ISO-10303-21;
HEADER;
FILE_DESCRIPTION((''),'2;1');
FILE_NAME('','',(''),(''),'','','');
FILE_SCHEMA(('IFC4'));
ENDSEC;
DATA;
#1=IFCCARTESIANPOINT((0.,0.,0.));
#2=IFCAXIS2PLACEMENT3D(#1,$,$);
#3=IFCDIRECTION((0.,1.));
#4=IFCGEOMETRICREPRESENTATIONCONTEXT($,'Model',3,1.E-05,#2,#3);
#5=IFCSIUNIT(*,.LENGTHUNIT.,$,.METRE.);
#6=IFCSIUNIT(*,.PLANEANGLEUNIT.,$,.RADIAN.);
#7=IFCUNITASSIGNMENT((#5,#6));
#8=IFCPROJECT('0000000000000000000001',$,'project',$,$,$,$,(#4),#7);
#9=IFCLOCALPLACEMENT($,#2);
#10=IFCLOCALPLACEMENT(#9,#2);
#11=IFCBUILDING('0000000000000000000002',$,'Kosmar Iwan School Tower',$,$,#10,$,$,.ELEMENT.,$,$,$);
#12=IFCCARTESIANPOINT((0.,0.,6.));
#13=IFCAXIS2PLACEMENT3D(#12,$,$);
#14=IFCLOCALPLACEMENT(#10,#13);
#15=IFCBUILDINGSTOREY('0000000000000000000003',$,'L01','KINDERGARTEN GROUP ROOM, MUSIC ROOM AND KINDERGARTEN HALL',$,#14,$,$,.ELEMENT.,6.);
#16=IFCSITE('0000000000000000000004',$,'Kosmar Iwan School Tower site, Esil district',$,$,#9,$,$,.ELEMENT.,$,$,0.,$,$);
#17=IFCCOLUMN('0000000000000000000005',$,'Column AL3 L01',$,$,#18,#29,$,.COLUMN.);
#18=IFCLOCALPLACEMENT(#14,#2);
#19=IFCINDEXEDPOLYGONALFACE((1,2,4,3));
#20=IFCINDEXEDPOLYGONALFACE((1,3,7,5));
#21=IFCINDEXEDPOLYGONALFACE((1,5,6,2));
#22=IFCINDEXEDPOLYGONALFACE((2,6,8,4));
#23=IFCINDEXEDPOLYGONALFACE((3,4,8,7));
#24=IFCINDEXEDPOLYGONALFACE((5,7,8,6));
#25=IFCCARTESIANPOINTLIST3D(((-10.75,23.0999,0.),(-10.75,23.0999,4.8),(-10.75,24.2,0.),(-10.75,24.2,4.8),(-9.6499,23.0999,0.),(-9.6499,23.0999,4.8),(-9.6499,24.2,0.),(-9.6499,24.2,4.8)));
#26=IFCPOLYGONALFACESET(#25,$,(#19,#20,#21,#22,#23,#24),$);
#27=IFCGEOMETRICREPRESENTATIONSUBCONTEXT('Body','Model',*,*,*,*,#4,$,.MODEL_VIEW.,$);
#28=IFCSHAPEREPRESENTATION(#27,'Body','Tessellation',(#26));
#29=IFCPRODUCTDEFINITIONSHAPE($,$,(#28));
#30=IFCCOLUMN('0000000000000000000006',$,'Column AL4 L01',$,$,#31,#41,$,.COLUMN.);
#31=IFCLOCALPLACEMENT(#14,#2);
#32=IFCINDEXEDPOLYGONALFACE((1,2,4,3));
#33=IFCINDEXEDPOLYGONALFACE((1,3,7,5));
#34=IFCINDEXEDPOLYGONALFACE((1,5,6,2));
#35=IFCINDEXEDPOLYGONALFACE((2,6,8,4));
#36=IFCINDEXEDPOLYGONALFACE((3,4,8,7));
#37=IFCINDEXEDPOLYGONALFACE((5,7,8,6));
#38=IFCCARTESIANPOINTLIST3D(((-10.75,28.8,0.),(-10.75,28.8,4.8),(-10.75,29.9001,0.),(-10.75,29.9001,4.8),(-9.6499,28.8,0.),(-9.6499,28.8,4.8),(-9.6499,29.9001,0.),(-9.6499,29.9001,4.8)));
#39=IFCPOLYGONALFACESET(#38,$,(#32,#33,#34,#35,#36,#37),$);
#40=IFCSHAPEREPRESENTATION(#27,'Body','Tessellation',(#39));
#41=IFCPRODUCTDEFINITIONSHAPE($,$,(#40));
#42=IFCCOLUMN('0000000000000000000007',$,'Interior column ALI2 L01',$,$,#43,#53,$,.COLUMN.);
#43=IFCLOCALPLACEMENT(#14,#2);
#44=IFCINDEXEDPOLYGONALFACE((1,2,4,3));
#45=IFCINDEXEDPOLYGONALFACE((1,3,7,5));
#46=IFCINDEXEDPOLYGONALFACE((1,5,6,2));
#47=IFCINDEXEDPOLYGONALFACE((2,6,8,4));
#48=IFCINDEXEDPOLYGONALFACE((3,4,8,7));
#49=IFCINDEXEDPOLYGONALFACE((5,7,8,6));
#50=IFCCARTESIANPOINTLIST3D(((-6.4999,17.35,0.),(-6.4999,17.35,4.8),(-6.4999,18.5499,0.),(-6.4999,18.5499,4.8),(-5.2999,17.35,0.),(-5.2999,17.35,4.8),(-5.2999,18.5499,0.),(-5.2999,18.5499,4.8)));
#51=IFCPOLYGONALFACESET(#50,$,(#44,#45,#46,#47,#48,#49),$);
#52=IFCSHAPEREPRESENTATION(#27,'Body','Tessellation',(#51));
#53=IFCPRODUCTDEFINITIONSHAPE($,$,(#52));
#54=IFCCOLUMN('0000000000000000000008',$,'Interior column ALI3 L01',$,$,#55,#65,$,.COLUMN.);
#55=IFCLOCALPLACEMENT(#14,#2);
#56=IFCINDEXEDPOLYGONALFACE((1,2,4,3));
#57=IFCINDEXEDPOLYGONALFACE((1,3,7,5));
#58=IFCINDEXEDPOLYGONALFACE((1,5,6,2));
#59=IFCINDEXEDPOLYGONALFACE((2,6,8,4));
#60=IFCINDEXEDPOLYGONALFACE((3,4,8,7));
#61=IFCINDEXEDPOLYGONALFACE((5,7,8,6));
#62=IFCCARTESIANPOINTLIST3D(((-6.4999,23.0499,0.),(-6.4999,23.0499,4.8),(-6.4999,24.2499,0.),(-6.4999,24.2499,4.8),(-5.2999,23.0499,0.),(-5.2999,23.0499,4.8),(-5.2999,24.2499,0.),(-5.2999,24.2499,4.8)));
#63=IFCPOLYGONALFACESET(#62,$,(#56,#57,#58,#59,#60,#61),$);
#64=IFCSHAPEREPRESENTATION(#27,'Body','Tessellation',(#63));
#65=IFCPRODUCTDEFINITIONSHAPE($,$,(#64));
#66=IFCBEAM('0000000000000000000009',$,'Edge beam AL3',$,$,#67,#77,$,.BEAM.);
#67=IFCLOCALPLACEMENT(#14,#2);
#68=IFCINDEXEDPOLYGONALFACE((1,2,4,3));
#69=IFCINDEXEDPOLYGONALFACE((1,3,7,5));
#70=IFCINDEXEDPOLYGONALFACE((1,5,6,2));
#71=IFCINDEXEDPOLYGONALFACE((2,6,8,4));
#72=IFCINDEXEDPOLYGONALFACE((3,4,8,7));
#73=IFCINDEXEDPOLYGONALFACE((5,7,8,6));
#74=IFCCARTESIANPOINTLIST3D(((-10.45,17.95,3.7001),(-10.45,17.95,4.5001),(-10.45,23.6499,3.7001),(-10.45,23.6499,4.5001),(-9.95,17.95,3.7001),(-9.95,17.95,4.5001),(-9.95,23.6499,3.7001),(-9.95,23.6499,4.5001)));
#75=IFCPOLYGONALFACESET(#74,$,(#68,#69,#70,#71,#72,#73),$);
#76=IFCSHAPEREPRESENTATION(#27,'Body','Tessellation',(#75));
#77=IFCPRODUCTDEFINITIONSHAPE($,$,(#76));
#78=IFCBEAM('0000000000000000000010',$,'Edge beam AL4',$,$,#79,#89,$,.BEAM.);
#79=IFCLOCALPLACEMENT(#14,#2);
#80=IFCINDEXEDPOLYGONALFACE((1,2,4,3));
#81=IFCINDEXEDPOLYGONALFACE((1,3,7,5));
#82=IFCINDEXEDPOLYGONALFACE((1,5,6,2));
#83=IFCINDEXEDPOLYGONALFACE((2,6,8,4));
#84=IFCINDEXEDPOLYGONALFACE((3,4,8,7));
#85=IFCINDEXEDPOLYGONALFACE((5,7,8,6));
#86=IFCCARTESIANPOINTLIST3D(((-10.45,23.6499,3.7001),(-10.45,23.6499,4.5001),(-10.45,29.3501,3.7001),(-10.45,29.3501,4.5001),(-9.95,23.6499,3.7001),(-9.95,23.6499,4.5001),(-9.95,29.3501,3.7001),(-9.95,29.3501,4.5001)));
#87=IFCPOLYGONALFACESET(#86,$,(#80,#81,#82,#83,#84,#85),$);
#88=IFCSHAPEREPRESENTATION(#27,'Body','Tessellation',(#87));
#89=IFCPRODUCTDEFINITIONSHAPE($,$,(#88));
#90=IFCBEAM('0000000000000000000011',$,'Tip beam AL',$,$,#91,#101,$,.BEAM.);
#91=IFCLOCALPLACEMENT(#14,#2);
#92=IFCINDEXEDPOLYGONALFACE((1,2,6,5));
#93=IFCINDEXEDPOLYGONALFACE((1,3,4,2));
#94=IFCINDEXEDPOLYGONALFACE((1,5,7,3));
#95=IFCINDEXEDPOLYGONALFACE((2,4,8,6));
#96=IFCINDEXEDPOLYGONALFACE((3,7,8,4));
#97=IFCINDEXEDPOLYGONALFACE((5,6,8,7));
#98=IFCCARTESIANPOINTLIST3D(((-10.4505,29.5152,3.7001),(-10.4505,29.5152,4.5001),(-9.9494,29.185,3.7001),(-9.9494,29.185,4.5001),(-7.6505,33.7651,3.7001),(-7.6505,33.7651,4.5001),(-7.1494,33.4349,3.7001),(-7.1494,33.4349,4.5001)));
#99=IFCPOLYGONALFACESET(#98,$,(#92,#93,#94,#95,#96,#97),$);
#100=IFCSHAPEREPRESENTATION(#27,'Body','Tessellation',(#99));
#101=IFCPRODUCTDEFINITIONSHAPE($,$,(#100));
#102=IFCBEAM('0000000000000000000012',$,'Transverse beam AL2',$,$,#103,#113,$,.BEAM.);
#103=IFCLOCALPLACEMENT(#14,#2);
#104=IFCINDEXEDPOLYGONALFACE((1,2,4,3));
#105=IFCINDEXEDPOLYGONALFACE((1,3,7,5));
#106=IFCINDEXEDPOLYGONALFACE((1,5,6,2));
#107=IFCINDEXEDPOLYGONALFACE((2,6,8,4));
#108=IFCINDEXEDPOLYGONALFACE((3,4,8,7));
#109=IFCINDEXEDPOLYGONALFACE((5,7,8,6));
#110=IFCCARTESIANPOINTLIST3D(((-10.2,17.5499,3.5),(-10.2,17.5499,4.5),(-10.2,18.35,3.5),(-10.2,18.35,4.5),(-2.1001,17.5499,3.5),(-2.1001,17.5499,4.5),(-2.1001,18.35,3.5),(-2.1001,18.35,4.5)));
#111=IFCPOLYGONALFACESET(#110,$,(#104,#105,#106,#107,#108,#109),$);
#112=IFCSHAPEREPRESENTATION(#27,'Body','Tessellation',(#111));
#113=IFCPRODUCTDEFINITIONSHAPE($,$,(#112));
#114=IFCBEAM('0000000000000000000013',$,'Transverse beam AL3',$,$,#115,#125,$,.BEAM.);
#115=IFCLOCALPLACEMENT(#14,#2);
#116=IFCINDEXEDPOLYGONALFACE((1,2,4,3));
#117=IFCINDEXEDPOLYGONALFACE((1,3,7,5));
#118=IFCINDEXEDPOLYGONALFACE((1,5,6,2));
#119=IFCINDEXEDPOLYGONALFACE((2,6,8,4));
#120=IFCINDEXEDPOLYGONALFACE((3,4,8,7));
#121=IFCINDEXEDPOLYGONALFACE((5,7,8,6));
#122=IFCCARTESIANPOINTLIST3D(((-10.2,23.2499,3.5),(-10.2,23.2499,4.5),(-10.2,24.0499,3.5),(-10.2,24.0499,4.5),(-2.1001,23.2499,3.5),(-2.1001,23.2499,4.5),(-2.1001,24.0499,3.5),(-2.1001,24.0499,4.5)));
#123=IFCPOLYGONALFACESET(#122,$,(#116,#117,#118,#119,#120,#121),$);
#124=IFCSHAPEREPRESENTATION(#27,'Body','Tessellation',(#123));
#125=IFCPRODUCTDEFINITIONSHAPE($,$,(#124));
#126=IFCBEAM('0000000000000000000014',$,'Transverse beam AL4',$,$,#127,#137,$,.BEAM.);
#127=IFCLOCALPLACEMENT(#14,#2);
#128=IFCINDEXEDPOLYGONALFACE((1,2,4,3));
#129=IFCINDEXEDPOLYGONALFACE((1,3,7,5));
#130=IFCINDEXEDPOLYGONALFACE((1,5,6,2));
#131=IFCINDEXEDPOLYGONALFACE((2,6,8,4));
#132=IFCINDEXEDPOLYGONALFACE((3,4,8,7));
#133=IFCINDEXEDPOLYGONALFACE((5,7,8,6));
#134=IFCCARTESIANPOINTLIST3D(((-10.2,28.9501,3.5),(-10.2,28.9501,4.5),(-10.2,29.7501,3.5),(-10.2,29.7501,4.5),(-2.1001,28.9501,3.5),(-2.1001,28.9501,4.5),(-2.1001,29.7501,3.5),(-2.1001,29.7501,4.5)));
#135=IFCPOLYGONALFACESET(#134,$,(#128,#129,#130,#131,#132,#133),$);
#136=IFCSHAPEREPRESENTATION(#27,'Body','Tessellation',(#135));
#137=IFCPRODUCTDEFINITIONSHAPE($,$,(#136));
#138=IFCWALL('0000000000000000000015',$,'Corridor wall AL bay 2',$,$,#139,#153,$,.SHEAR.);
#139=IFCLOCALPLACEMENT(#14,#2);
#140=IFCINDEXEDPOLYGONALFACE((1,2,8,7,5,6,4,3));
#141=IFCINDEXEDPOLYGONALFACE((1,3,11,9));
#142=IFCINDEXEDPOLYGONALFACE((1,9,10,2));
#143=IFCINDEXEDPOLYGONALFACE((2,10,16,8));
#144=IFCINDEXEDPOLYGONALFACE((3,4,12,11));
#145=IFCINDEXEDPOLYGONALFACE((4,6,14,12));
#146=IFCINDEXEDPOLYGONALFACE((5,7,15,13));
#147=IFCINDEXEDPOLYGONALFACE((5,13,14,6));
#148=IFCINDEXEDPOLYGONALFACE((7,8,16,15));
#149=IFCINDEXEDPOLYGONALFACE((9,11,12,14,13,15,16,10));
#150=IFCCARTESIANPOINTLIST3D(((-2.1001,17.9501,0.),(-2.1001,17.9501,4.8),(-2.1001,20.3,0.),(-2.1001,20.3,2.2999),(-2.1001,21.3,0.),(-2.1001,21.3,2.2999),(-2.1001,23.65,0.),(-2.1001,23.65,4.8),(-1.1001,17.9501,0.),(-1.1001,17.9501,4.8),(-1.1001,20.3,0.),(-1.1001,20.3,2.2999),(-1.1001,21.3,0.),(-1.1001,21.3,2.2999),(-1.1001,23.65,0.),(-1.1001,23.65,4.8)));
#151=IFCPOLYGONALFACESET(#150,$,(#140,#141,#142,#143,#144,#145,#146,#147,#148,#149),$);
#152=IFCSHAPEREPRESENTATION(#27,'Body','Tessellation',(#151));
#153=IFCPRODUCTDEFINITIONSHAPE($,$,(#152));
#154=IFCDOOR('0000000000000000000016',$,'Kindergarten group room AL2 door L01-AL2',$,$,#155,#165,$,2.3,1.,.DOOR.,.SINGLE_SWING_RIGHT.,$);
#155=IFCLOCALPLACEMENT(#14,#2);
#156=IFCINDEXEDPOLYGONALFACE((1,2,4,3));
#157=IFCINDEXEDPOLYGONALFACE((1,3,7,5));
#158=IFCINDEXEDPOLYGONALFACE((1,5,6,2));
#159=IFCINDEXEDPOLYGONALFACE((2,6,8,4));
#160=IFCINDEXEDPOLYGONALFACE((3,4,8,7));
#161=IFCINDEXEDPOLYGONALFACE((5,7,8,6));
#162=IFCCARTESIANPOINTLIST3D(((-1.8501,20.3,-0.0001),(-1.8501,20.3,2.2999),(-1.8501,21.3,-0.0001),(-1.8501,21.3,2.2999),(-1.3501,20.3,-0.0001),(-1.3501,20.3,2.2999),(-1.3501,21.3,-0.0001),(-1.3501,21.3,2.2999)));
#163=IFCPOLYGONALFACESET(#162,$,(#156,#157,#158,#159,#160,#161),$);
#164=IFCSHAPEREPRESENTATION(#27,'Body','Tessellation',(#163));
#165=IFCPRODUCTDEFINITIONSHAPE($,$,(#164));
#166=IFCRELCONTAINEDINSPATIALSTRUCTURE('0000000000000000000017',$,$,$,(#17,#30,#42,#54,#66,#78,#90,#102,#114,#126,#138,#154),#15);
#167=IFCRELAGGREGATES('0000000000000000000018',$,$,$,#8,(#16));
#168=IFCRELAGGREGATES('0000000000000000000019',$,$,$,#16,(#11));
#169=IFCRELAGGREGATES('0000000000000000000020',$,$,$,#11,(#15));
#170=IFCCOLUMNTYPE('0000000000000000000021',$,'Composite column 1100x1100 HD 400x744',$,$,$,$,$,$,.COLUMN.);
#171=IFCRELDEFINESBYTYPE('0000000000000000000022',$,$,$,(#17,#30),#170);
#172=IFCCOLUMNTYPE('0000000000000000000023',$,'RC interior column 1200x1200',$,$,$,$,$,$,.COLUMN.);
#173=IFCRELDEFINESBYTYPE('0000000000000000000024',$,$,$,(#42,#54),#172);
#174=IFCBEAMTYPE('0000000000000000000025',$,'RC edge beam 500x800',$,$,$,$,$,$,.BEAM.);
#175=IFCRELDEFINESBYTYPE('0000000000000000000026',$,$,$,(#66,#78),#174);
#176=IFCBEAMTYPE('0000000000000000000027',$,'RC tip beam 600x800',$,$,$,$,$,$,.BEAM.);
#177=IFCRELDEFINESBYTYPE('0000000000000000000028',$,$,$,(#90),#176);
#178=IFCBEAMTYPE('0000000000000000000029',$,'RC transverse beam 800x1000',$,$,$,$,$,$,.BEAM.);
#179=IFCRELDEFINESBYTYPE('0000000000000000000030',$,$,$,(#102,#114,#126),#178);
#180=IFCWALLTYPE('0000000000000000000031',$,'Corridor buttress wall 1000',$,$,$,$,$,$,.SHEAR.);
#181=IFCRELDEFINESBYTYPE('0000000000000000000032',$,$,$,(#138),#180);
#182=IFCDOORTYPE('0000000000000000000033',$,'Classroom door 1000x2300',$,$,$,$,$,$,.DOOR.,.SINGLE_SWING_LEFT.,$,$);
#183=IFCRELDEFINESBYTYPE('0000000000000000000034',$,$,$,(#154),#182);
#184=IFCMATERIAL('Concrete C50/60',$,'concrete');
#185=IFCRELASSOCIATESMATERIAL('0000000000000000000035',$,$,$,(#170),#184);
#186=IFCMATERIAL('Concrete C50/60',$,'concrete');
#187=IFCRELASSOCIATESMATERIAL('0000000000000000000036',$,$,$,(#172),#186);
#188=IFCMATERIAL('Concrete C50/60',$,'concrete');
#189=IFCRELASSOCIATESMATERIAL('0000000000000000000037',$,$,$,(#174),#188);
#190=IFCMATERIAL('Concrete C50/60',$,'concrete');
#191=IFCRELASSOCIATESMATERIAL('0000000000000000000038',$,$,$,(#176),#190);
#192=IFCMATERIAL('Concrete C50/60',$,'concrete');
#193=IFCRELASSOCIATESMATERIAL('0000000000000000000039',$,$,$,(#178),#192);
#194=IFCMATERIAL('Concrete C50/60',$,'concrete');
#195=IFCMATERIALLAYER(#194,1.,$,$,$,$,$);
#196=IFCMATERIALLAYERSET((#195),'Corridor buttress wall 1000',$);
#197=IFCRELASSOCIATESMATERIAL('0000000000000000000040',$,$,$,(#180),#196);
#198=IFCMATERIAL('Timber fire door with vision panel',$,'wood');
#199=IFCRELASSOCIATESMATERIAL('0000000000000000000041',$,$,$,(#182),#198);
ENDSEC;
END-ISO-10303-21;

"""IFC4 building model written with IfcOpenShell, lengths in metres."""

from ifc_helpers import new_model, si_unit, direction, frame, frame_2d, origin, origin_2d, place, context, subcontext, project, spatial, rectangle, extrude, material, layer, layer_set, material_profile, profile_set, type_object, element, fill, save


model = new_model("IFC4")

# Units and contexts
model_context = context("Model", 3, precision=1e-05, world=origin(), true_north=direction((0.0, 1.0)))
body_context = subcontext(model_context, "Body", "Model", "MODEL_VIEW")
ifc_project = project(units=[si_unit("LENGTHUNIT", "METRE"), si_unit("PLANEANGLEUNIT", "RADIAN")], contexts=[model_context])

# Site, building, storey
site_placement = place(None, origin())
site = spatial("IfcSite", under=ifc_project, at=site_placement, Name="Kosmar Iwan School Tower site, Esil district", CompositionType="ELEMENT", RefElevation=0.0)
building_placement = place(site_placement, origin())
building = spatial("IfcBuilding", under=site, at=building_placement, Name="Kosmar Iwan School Tower", CompositionType="ELEMENT")
storey_placement = place(building_placement, frame((0.0, 0.0, 6.0)))
storey = spatial("IfcBuildingStorey", under=building, at=storey_placement, Name="L01", Description="KINDERGARTEN GROUP ROOM, MUSIC ROOM AND KINDERGARTEN HALL", CompositionType="ELEMENT", Elevation=6.0)

# Columns
ifc_material_1 = material(Name="Concrete C50/60", Category="concrete")
ifc_material_profile_1 = material_profile(ifc_material_1, rectangle(XDim=1.1001, YDim=1.1001, at=origin_2d()), Name="RC 1100x1100 + HD 400x744")
ifc_profile_set_1 = profile_set([ifc_material_profile_1], Name="Concrete C50/60")
column_type_1 = type_object("IfcColumnType", Name="Composite column 1100x1100 HD 400x744", PredefinedType="COLUMN", material=ifc_profile_set_1)
for number, where, z_axis, x_axis, name in (
    (1, (-10.2, 23.6499, 0.0), (0.0, 0.0, 1.0), (0.0, 1.0, 0.0), "Column AL3 L01"),
    (2, (-10.2, 29.3501, 0.0), (0.0, 0.0, 1.0), (0.0, 1.0, 0.0), "Column AL4 L01"),
):
    element("IfcColumn", number, at=place(storey_placement, frame(where, z_axis=z_axis, x_axis=x_axis)), inside=storey, type_object=column_type_1, Name=name, PredefinedType="COLUMN", context=body_context, shape_type="SweptSolid", body=[
        extrude(rectangle(XDim=1.1001, YDim=1.1001, at=origin_2d()), origin(), (0.0, 0.0, 1.0), 4.8),
    ])
ifc_material_2 = material(Name="Concrete C50/60", Category="concrete")
ifc_material_profile_2 = material_profile(ifc_material_2, rectangle(XDim=1.2, YDim=1.2, at=origin_2d()), Name="RC 1200x1200")
ifc_profile_set_2 = profile_set([ifc_material_profile_2], Name="Concrete C50/60")
column_type_2 = type_object("IfcColumnType", Name="RC interior column 1200x1200", PredefinedType="COLUMN", material=ifc_profile_set_2)
for number, where, z_axis, x_axis, name in (
    (3, (-5.8999, 17.95, 0.0), (0.0, 0.0, 1.0), (0.0, 1.0, 0.0), "Interior column ALI2 L01"),
    (4, (-5.8999, 23.6499, 0.0), (0.0, 0.0, 1.0), (0.0, 1.0, 0.0), "Interior column ALI3 L01"),
):
    element("IfcColumn", number, at=place(storey_placement, frame(where, z_axis=z_axis, x_axis=x_axis)), inside=storey, type_object=column_type_2, Name=name, PredefinedType="COLUMN", context=body_context, shape_type="SweptSolid", body=[
        extrude(rectangle(XDim=1.2, YDim=1.2, at=origin_2d()), origin(), (0.0, 0.0, 1.0), 4.8),
    ])

# Beams
ifc_material_3 = material(Name="Concrete C50/60", Category="concrete")
ifc_material_profile_3 = material_profile(ifc_material_3, rectangle(XDim=0.5, YDim=0.8, at=origin_2d()), Name="RC 500x800")
ifc_profile_set_3 = profile_set([ifc_material_profile_3], Name="Concrete C50/60")
beam_type_1 = type_object("IfcBeamType", Name="RC edge beam 500x800", PredefinedType="BEAM", material=ifc_profile_set_3)
beam_1_placement = place(storey_placement, frame((-10.2, 17.95, 4.1001), z_axis=(0.0, 1.0, 0.0), x_axis=(-1.0, 0.0, 0.0)))
element("IfcBeam", 5, at=beam_1_placement, inside=storey, type_object=beam_type_1, Name="Edge beam AL3", PredefinedType="BEAM", context=body_context, shape_type="SweptSolid", body=[
    extrude(rectangle(XDim=0.5, YDim=0.8, at=origin_2d()), origin(), (0.0, 0.0, 1.0), 5.7),
])
beam_2_placement = place(storey_placement, frame((-10.2, 23.6499, 4.1001), z_axis=(0.0, 1.0, 0.0), x_axis=(-1.0, 0.0, 0.0)))
element("IfcBeam", 6, at=beam_2_placement, inside=storey, type_object=beam_type_1, Name="Edge beam AL4", PredefinedType="BEAM", context=body_context, shape_type="SweptSolid", body=[
    extrude(rectangle(XDim=0.5, YDim=0.8, at=origin_2d()), origin(), (0.0, 0.0, 1.0), 5.7002),
])
ifc_material_4 = material(Name="Concrete C50/60", Category="concrete")
ifc_material_profile_4 = material_profile(ifc_material_4, rectangle(XDim=0.6001, YDim=0.8, at=origin_2d()), Name="RC 600x800")
ifc_profile_set_4 = profile_set([ifc_material_profile_4], Name="Concrete C50/60")
beam_type_2 = type_object("IfcBeamType", Name="RC tip beam 600x800", PredefinedType="BEAM", material=ifc_profile_set_4)
beam_3_placement = place(storey_placement, frame((-10.2, 29.3501, 4.1001), z_axis=(0.550164, 0.835056, 0.0), x_axis=(-0.835056, 0.550164, 0.0)))
element("IfcBeam", 7, at=beam_3_placement, inside=storey, type_object=beam_type_2, Name="Tip beam AL", PredefinedType="BEAM", context=body_context, shape_type="SweptSolid", body=[
    extrude(rectangle(XDim=0.6001, YDim=0.8, at=origin_2d()), origin(), (0.0, 0.0, 1.0), 5.0894),
])
ifc_material_5 = material(Name="Concrete C50/60", Category="concrete")
ifc_material_profile_5 = material_profile(ifc_material_5, rectangle(XDim=0.8, YDim=1.0, at=origin_2d()), Name="RC 800x1000")
ifc_profile_set_5 = profile_set([ifc_material_profile_5], Name="Concrete C50/60")
beam_type_3 = type_object("IfcBeamType", Name="RC transverse beam 800x1000", PredefinedType="BEAM", material=ifc_profile_set_5)
for number, where, z_axis, x_axis, name in (
    (8, (-10.2, 17.95, 4.0), (1.0, 0.0, 0.0), (0.0, 1.0, 0.0), "Transverse beam AL2"),
    (9, (-10.2, 23.6499, 4.0), (1.0, 0.0, 0.0), (0.0, 1.0, 0.0), "Transverse beam AL3"),
    (10, (-10.2, 29.3501, 4.0), (1.0, 0.0, 0.0), (0.0, 1.0, 0.0), "Transverse beam AL4"),
):
    element("IfcBeam", number, at=place(storey_placement, frame(where, z_axis=z_axis, x_axis=x_axis)), inside=storey, type_object=beam_type_3, Name=name, PredefinedType="BEAM", context=body_context, shape_type="SweptSolid", body=[
        extrude(rectangle(XDim=0.8, YDim=1.0, at=origin_2d()), origin(), (0.0, 0.0, 1.0), 8.0999),
    ])

# Wall, opening, door
ifc_material_6 = material(Name="Concrete C50/60", Category="concrete")
ifc_layer_1 = layer(ifc_material_6, 1.0)
ifc_layer_set_1 = layer_set([ifc_layer_1], Name="Corridor buttress wall 1000")
wall_type_1 = type_object("IfcWallType", Name="Corridor buttress wall 1000", PredefinedType="SHEAR", material=ifc_layer_set_1)
wall_1_placement = place(storey_placement, frame((-1.6001, 17.95, 0.0), z_axis=(0.0, 0.0, 1.0), x_axis=(0.0, 1.0, 0.0)))
wall_1 = element("IfcWall", 11, at=wall_1_placement, inside=storey, type_object=wall_type_1, Name="Corridor wall AL bay 2", PredefinedType="SHEAR", context=body_context, shape_type="SweptSolid", body=[
    extrude(rectangle(XDim=5.7, YDim=1.0, at=frame_2d((2.8501, 0.0))), origin(), (0.0, 0.0, 1.0), 4.8),
])
opening_1_placement = place(wall_1_placement, frame((2.3501, 0.0, 0.0)))
opening_1 = element("IfcOpeningElement", 12, at=opening_1_placement, cuts=wall_1, PredefinedType="OPENING", context=body_context, shape_type="SweptSolid", body=[
    extrude(rectangle(XDim=1.0, YDim=2.3, at=frame_2d((0.5, 1.1499))), frame((0.0, 0.512, 0.0), z_axis=(0.0, -1.0, 0.0), x_axis=(1.0, 0.0, 0.0)), (0.0, 0.0, 1.0), 1.0239),
])
ifc_material_7 = material(Name="Timber fire door with vision panel", Category="wood")
door_type = type_object("IfcDoorType", Name="Classroom door 1000x2300", OperationType="SINGLE_SWING_LEFT", PredefinedType="DOOR", material=ifc_material_7)
door_1_placement = place(opening_1_placement, origin())
door_1 = element("IfcDoor", 13, at=door_1_placement, inside=storey, type_object=door_type, Name="Kindergarten group room AL2 door L01-AL2", OperationType="SINGLE_SWING_RIGHT", OverallHeight=2.3, OverallWidth=1.0, PredefinedType="DOOR", context=body_context, shape_type="SweptSolid", body=[
    extrude(rectangle(XDim=1.0, YDim=2.3, at=frame_2d((0.5, 1.1499))), frame((0.0, 0.25, 0.0), z_axis=(0.0, -1.0, 0.0), x_axis=(1.0, 0.0, 0.0)), (0.0, 0.0, 1.0), 0.5),
])
fill(opening_1, door_1)

save(model, "model.ifc")
